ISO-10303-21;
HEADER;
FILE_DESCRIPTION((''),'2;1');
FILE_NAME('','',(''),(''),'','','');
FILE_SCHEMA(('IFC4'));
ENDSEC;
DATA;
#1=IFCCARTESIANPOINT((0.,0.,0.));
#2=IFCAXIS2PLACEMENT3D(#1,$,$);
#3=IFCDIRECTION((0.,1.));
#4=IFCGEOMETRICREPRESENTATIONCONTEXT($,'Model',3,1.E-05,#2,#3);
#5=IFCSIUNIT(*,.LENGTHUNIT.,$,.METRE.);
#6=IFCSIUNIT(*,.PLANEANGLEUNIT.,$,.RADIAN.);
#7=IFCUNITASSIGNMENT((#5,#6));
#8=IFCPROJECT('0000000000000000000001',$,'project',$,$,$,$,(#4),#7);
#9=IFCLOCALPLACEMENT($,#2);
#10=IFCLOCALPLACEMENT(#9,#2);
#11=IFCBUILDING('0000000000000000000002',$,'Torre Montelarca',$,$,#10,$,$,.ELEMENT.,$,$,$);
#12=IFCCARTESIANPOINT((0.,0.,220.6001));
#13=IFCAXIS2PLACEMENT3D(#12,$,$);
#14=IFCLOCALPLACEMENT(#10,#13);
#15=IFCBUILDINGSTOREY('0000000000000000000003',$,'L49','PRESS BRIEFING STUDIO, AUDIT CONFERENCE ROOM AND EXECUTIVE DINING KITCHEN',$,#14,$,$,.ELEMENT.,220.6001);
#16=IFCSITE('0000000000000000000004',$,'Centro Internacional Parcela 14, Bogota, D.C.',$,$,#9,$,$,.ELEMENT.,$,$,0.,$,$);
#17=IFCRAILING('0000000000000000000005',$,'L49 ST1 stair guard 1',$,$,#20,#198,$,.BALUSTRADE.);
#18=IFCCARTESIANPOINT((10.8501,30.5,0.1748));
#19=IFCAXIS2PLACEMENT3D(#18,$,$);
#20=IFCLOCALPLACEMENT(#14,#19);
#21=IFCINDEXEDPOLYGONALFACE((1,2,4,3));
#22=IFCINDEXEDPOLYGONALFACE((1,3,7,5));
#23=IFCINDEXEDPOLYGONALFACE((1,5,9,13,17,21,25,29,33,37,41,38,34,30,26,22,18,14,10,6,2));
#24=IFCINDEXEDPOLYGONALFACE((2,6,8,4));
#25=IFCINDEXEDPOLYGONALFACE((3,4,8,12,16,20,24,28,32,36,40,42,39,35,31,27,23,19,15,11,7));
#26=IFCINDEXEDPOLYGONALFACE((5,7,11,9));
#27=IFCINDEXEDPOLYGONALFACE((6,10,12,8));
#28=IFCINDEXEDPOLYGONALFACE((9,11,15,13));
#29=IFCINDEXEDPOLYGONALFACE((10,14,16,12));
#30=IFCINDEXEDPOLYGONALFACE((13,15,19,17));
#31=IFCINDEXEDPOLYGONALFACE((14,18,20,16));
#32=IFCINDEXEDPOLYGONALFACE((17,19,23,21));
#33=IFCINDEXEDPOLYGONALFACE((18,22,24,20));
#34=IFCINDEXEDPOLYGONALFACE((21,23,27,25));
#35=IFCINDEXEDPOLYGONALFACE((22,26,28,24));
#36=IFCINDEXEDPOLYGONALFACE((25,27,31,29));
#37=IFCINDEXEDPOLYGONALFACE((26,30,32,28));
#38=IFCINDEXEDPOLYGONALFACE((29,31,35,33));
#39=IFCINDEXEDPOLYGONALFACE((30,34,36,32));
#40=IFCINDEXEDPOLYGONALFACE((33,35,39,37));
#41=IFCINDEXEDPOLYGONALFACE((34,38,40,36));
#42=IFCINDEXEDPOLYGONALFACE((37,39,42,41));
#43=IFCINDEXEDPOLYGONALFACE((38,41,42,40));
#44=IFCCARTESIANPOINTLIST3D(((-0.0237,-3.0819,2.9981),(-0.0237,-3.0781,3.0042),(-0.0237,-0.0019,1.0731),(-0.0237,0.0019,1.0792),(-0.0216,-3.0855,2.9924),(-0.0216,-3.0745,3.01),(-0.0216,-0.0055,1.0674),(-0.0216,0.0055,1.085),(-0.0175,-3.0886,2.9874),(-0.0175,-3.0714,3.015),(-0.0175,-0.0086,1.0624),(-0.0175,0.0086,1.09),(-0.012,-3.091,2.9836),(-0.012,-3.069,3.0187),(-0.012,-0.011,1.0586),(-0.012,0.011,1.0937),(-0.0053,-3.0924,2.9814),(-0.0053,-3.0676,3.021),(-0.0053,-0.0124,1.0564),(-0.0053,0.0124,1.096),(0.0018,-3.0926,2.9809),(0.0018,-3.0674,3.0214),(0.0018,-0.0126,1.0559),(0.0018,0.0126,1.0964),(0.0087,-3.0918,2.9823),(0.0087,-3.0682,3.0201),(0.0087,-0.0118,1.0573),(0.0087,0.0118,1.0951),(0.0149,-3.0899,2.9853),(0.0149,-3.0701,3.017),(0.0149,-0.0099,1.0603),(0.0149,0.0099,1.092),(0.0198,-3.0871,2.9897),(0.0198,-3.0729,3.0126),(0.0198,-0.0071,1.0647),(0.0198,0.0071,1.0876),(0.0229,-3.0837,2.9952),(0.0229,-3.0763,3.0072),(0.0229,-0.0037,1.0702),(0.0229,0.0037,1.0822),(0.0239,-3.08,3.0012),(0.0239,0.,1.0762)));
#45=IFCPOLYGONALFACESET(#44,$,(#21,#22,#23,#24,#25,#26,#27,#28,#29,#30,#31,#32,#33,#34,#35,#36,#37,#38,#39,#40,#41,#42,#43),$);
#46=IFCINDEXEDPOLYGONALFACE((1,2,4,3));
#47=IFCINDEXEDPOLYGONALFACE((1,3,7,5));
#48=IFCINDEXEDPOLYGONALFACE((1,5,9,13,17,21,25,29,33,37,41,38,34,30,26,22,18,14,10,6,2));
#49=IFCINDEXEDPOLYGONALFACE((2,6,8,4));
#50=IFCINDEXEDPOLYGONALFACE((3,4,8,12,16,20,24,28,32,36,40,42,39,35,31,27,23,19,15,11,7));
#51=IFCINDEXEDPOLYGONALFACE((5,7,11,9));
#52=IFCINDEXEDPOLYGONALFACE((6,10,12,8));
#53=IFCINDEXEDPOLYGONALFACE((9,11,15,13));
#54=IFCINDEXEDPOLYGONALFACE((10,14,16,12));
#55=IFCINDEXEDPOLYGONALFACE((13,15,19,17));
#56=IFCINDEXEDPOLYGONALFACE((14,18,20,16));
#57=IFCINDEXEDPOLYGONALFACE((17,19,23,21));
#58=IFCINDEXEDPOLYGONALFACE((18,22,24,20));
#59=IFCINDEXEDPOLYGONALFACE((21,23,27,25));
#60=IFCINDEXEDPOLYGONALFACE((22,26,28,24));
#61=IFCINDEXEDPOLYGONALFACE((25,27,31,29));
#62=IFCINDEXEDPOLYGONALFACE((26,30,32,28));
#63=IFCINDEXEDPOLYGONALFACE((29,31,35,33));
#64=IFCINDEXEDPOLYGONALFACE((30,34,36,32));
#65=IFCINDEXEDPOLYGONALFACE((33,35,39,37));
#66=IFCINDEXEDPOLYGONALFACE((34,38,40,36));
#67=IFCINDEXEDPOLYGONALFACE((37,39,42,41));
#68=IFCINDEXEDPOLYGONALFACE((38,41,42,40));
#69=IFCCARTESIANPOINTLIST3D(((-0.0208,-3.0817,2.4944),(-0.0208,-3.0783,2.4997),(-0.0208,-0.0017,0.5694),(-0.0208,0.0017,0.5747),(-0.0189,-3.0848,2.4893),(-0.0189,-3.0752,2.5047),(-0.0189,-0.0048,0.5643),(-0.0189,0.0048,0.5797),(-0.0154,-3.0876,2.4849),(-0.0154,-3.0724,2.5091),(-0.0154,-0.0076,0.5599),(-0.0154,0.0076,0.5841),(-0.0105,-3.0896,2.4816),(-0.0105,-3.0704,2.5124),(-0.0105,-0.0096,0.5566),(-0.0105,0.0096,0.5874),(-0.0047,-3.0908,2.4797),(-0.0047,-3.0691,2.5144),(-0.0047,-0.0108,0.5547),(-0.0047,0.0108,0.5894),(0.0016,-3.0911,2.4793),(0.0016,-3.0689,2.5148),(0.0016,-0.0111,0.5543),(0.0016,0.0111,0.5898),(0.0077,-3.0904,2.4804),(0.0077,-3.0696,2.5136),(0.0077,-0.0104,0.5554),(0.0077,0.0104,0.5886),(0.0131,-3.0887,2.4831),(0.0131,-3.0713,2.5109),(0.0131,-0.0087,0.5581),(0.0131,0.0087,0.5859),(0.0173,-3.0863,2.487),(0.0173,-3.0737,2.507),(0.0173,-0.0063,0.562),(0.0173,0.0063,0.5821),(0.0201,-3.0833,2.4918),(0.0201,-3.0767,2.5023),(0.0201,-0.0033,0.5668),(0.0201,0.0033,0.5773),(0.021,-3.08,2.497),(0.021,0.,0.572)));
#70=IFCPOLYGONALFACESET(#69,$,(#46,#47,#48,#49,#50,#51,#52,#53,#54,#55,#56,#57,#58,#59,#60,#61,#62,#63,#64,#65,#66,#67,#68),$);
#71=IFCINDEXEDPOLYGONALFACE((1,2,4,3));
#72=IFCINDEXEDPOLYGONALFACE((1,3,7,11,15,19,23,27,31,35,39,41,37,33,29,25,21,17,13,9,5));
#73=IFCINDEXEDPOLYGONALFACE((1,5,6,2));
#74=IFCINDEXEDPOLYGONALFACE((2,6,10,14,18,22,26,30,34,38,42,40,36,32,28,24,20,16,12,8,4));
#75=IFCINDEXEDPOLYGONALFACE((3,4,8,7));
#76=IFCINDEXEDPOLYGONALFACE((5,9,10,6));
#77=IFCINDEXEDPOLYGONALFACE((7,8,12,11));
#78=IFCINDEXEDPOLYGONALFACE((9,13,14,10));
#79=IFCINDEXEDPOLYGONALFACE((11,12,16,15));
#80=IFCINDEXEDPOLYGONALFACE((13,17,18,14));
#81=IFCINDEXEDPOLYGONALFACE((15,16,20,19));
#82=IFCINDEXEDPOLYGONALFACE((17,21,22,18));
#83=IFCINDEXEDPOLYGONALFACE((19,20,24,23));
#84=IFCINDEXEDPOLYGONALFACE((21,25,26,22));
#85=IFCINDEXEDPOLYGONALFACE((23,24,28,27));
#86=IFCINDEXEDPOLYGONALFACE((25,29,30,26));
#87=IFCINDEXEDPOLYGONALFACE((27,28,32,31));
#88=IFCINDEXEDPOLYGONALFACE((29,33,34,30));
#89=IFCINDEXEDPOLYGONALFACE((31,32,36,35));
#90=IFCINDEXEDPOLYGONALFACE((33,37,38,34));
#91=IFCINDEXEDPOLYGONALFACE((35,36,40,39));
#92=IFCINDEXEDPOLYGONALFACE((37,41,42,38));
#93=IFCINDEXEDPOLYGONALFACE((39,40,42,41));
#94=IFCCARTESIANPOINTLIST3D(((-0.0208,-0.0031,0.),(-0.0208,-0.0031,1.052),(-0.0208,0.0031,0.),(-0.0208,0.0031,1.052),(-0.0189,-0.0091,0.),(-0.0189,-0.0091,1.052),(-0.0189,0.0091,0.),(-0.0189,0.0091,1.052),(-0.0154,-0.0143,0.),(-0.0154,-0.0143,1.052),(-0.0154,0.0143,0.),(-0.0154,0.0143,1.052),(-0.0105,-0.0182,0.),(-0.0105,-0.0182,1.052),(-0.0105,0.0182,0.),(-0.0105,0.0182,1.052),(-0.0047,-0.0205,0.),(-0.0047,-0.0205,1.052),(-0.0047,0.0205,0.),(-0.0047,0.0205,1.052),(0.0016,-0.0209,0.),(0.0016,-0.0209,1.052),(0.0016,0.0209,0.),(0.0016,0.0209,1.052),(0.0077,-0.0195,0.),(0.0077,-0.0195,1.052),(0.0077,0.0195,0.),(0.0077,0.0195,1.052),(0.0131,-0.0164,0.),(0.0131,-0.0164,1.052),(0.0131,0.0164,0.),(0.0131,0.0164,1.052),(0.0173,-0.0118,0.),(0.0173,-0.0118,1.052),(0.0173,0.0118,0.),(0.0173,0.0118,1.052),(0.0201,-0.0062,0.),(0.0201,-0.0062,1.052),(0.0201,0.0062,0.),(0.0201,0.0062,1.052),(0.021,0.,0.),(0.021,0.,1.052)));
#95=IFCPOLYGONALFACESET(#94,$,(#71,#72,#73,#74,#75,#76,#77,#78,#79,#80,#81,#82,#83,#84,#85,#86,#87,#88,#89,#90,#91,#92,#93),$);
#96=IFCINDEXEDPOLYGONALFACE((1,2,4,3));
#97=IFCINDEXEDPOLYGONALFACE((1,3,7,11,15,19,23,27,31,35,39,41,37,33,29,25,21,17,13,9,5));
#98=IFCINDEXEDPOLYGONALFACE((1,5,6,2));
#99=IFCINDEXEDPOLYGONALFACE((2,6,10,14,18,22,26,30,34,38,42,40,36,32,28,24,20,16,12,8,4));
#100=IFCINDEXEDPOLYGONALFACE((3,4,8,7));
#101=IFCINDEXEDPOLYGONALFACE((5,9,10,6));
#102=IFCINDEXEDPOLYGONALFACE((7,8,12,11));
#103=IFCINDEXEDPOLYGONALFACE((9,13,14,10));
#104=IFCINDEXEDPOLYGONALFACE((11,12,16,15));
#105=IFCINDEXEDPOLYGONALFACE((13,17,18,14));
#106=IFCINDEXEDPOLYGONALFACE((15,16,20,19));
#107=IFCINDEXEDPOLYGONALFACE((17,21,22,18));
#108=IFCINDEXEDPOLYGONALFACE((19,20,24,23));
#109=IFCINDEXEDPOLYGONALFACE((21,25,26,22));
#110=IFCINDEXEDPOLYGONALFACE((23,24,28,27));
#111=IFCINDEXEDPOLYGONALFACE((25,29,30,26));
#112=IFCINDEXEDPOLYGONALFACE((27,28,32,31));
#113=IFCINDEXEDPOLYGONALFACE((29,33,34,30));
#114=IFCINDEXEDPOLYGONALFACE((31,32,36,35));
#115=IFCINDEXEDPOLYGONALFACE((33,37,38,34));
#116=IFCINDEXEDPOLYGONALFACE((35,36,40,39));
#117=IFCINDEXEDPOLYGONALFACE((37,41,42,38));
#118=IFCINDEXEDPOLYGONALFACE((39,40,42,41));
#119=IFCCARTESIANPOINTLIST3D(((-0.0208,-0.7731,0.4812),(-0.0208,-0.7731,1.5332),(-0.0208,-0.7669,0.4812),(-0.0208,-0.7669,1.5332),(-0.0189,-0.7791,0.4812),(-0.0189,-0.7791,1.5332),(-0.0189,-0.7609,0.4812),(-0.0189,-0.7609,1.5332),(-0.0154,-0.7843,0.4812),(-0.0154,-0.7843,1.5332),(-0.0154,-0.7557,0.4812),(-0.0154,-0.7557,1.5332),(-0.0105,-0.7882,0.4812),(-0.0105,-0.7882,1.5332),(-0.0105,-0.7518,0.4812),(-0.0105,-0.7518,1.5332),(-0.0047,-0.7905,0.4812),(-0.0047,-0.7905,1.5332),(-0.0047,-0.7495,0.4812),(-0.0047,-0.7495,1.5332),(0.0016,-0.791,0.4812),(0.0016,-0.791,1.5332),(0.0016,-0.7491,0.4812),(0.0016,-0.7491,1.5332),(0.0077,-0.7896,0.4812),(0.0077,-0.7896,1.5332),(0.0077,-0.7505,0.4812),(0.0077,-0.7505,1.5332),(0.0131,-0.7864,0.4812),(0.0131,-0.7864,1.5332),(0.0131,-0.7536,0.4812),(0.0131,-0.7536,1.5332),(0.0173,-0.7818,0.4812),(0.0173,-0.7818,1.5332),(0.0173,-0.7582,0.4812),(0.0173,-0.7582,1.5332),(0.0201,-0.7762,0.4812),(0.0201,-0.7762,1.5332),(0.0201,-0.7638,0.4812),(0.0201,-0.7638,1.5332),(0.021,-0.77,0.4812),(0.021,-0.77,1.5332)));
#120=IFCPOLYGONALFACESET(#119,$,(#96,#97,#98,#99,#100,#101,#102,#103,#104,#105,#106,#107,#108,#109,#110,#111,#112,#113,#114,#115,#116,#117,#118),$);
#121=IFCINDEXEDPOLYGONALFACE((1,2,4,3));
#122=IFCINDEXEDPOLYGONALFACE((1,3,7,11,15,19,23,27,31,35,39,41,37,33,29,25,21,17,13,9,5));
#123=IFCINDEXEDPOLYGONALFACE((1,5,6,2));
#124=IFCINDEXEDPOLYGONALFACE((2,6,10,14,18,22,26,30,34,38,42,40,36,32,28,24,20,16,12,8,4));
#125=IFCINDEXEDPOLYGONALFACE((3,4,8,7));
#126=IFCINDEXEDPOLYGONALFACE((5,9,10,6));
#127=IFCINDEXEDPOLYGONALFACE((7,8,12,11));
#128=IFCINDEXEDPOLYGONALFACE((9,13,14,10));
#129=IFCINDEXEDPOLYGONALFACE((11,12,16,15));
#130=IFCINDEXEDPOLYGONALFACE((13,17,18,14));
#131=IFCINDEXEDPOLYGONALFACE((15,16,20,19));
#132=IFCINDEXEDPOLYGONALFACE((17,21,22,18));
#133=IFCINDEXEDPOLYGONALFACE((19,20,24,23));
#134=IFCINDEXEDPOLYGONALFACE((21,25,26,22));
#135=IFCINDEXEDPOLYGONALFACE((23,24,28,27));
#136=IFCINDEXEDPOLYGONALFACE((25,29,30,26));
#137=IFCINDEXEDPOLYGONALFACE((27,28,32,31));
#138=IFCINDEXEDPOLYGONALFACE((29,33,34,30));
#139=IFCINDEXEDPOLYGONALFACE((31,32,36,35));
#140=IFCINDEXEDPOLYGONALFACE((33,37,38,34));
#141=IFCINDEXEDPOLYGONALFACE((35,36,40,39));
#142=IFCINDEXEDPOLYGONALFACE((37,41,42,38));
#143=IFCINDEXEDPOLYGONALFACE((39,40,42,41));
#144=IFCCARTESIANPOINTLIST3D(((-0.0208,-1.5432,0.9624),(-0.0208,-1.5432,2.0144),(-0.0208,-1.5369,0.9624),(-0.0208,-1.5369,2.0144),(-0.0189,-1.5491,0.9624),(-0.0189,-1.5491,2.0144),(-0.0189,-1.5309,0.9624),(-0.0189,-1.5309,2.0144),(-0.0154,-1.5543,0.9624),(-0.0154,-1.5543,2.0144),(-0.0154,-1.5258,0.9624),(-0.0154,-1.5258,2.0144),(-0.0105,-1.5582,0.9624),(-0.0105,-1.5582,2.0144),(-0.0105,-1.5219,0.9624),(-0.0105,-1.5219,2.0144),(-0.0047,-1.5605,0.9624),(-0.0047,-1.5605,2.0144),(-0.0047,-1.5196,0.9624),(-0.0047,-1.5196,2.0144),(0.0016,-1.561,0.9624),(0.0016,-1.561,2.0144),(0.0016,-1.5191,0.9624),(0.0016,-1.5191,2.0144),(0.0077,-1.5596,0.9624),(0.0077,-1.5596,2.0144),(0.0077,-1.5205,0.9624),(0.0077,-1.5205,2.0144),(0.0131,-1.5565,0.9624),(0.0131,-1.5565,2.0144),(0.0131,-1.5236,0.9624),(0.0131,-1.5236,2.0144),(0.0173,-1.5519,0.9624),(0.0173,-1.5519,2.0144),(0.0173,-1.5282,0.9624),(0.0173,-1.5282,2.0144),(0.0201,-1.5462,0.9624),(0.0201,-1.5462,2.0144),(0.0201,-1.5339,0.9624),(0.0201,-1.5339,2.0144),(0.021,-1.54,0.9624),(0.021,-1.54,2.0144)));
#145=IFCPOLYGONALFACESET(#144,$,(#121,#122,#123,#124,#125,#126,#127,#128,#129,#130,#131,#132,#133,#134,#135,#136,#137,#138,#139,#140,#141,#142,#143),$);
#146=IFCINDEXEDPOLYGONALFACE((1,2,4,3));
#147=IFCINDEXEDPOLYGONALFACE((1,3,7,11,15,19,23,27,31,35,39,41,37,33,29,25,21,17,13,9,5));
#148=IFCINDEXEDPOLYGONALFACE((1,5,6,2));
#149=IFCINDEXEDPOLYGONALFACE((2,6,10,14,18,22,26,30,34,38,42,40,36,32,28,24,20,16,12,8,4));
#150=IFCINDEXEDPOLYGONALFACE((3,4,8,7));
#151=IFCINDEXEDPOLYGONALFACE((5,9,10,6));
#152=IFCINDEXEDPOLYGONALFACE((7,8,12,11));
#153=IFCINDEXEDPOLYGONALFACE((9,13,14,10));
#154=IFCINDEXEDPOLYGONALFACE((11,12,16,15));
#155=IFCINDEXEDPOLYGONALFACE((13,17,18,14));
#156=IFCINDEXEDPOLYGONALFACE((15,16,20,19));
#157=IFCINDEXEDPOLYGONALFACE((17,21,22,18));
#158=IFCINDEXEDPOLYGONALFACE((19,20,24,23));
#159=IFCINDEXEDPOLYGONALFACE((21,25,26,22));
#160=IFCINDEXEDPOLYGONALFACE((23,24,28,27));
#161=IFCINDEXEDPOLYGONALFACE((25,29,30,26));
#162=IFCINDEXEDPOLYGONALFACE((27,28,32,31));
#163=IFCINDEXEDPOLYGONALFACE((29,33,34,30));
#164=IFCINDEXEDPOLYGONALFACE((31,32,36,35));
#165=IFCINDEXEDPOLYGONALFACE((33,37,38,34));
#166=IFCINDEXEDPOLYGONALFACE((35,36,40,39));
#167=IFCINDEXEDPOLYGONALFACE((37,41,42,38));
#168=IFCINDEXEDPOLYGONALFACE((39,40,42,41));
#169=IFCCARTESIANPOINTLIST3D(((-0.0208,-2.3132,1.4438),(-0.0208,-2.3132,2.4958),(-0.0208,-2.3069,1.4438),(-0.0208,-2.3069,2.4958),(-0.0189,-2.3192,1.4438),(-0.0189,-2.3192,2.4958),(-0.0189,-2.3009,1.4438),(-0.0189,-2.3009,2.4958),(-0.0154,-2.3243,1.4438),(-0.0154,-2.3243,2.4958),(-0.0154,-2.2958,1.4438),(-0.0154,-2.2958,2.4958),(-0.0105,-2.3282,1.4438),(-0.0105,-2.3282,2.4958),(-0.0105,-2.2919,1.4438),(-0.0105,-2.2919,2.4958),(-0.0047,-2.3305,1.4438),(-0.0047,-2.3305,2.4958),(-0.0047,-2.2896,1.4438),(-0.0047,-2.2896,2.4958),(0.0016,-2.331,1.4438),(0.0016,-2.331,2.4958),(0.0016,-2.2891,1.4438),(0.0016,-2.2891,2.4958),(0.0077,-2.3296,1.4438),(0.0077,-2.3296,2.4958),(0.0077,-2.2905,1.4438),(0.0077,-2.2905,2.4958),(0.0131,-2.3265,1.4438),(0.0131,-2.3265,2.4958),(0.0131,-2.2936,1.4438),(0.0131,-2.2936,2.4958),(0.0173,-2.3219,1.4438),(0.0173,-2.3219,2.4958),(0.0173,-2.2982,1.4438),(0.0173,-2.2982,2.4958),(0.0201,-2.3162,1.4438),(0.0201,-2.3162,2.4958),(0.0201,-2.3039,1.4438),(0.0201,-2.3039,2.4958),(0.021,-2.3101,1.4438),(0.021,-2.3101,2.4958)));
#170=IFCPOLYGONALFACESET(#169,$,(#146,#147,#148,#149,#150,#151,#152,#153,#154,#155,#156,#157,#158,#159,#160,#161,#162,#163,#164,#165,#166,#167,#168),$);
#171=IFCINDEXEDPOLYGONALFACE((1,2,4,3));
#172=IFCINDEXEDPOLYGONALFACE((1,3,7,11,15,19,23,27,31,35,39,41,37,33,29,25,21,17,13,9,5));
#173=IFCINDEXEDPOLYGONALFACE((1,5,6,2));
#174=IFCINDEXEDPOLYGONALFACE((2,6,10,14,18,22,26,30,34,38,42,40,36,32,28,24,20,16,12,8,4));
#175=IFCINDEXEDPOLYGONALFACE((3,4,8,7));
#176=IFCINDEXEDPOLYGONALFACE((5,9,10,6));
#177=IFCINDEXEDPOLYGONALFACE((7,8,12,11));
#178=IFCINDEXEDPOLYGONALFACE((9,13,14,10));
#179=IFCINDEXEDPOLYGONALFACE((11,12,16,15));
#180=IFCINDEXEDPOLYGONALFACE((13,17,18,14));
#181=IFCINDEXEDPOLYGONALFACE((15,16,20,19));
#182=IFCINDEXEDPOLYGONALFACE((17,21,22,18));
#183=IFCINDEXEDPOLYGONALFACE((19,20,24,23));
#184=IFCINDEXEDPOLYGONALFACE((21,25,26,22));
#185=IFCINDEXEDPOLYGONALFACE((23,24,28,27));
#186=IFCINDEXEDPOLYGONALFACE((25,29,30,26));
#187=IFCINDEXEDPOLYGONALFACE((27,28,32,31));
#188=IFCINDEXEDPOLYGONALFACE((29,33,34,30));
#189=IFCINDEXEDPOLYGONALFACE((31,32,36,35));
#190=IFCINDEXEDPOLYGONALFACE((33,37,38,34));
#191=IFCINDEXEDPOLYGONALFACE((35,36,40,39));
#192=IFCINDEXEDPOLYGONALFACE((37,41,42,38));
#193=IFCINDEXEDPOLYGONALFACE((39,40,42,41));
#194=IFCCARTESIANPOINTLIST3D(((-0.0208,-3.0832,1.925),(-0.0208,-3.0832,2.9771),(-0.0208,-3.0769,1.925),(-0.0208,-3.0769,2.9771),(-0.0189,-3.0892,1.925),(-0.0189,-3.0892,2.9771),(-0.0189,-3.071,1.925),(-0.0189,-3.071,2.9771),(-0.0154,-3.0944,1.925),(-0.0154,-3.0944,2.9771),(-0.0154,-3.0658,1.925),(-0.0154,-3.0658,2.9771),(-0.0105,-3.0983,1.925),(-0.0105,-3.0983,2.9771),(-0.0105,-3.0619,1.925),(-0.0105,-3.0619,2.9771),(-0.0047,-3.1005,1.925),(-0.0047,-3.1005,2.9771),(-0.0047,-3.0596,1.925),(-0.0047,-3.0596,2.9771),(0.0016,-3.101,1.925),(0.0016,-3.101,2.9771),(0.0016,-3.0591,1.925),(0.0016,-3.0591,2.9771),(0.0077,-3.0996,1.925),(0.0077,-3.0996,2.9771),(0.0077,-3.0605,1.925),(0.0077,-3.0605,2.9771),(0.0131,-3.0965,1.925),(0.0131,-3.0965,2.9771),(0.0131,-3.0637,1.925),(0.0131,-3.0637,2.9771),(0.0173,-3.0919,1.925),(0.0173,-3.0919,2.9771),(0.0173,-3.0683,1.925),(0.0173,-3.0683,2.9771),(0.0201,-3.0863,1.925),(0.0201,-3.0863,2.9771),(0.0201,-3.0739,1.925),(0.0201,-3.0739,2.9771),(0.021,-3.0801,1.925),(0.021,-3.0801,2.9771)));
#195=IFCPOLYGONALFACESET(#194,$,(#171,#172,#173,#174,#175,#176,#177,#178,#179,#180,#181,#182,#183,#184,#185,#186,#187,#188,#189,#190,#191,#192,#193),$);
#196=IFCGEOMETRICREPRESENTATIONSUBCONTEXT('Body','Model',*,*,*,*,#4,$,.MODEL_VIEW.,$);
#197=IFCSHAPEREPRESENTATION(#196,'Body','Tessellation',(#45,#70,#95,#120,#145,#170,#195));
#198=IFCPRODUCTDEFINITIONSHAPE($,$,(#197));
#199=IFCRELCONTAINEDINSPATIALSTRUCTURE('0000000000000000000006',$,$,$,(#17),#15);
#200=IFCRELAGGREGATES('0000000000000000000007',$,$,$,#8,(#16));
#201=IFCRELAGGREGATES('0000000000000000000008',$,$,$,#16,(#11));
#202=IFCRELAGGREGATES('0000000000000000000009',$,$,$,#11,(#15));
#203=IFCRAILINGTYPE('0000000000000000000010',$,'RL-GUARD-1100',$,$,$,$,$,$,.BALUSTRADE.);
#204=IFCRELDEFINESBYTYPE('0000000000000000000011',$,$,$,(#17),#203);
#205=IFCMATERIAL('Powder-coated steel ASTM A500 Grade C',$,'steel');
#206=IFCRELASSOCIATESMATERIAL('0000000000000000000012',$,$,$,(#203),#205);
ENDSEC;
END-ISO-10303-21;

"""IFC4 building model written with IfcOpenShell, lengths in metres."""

from ifc_helpers import new_model, si_unit, direction, frame, origin, origin_2d, place, context, subcontext, project, spatial, circle, extrude, material, type_object, element, save


model = new_model("IFC4")

# Units and contexts
model_context = context("Model", 3, precision=1e-05, world=origin(), true_north=direction((0.0, 1.0)))
body_context = subcontext(model_context, "Body", "Model", "MODEL_VIEW")
ifc_project = project(units=[si_unit("LENGTHUNIT", "METRE"), si_unit("PLANEANGLEUNIT", "RADIAN")], contexts=[model_context])

# Site, building, storey
site_placement = place(None, origin())
site = spatial("IfcSite", under=ifc_project, at=site_placement, Name="Centro Internacional Parcela 14, Bogota, D.C.", CompositionType="ELEMENT", RefElevation=0.0)
building_placement = place(site_placement, origin())
building = spatial("IfcBuilding", under=site, at=building_placement, Name="Torre Montelarca", CompositionType="ELEMENT")
storey_placement = place(building_placement, frame((0.0, 0.0, 220.6001)))
storey = spatial("IfcBuildingStorey", under=building, at=storey_placement, Name="L49", Description="PRESS BRIEFING STUDIO, AUDIT CONFERENCE ROOM AND EXECUTIVE DINING KITCHEN", CompositionType="ELEMENT", Elevation=220.6001)

# Railing
ifc_material_1 = material(Name="Powder-coated steel ASTM A500 Grade C", Category="steel")
railing_type_1 = type_object("IfcRailingType", Name="RL-GUARD-1100", PredefinedType="BALUSTRADE", material=ifc_material_1)
railing_1_placement = place(storey_placement, frame((10.8501, 30.5, 0.1748)))
element("IfcRailing", 1, at=railing_1_placement, inside=storey, type_object=railing_type_1, Name="L49 ST1 stair guard 1", PredefinedType="BALUSTRADE", context=body_context, shape_type="SweptSolid", body=[
    extrude(circle(Radius=0.0239, at=origin_2d()), frame((0.0, 0.0, 1.0762), z_axis=(0.0, -0.847998, 0.529999), x_axis=(1.0, 0.0, 0.0)), (0.0, 0.0, 1.0), 3.6321),
    extrude(circle(Radius=0.021, at=origin_2d()), frame((0.0, 0.0, 0.572), z_axis=(0.0, -0.847998, 0.529999), x_axis=(1.0, 0.0, 0.0)), (0.0, 0.0, 1.0), 3.6321),
    extrude(circle(Radius=0.021, at=origin_2d()), origin(), (0.0, 0.0, 1.0), 1.052),
    extrude(circle(Radius=0.021, at=origin_2d()), frame((0.0, -0.77, 0.4812)), (0.0, 0.0, 1.0), 1.052),
    extrude(circle(Radius=0.021, at=origin_2d()), frame((0.0, -1.54, 0.9624)), (0.0, 0.0, 1.0), 1.052),
    extrude(circle(Radius=0.021, at=origin_2d()), frame((0.0, -2.3101, 1.4438)), (0.0, 0.0, 1.0), 1.052),
    extrude(circle(Radius=0.021, at=origin_2d()), frame((0.0, -3.0801, 1.925)), (0.0, 0.0, 1.0), 1.052),
])

save(model, "model.ifc")
